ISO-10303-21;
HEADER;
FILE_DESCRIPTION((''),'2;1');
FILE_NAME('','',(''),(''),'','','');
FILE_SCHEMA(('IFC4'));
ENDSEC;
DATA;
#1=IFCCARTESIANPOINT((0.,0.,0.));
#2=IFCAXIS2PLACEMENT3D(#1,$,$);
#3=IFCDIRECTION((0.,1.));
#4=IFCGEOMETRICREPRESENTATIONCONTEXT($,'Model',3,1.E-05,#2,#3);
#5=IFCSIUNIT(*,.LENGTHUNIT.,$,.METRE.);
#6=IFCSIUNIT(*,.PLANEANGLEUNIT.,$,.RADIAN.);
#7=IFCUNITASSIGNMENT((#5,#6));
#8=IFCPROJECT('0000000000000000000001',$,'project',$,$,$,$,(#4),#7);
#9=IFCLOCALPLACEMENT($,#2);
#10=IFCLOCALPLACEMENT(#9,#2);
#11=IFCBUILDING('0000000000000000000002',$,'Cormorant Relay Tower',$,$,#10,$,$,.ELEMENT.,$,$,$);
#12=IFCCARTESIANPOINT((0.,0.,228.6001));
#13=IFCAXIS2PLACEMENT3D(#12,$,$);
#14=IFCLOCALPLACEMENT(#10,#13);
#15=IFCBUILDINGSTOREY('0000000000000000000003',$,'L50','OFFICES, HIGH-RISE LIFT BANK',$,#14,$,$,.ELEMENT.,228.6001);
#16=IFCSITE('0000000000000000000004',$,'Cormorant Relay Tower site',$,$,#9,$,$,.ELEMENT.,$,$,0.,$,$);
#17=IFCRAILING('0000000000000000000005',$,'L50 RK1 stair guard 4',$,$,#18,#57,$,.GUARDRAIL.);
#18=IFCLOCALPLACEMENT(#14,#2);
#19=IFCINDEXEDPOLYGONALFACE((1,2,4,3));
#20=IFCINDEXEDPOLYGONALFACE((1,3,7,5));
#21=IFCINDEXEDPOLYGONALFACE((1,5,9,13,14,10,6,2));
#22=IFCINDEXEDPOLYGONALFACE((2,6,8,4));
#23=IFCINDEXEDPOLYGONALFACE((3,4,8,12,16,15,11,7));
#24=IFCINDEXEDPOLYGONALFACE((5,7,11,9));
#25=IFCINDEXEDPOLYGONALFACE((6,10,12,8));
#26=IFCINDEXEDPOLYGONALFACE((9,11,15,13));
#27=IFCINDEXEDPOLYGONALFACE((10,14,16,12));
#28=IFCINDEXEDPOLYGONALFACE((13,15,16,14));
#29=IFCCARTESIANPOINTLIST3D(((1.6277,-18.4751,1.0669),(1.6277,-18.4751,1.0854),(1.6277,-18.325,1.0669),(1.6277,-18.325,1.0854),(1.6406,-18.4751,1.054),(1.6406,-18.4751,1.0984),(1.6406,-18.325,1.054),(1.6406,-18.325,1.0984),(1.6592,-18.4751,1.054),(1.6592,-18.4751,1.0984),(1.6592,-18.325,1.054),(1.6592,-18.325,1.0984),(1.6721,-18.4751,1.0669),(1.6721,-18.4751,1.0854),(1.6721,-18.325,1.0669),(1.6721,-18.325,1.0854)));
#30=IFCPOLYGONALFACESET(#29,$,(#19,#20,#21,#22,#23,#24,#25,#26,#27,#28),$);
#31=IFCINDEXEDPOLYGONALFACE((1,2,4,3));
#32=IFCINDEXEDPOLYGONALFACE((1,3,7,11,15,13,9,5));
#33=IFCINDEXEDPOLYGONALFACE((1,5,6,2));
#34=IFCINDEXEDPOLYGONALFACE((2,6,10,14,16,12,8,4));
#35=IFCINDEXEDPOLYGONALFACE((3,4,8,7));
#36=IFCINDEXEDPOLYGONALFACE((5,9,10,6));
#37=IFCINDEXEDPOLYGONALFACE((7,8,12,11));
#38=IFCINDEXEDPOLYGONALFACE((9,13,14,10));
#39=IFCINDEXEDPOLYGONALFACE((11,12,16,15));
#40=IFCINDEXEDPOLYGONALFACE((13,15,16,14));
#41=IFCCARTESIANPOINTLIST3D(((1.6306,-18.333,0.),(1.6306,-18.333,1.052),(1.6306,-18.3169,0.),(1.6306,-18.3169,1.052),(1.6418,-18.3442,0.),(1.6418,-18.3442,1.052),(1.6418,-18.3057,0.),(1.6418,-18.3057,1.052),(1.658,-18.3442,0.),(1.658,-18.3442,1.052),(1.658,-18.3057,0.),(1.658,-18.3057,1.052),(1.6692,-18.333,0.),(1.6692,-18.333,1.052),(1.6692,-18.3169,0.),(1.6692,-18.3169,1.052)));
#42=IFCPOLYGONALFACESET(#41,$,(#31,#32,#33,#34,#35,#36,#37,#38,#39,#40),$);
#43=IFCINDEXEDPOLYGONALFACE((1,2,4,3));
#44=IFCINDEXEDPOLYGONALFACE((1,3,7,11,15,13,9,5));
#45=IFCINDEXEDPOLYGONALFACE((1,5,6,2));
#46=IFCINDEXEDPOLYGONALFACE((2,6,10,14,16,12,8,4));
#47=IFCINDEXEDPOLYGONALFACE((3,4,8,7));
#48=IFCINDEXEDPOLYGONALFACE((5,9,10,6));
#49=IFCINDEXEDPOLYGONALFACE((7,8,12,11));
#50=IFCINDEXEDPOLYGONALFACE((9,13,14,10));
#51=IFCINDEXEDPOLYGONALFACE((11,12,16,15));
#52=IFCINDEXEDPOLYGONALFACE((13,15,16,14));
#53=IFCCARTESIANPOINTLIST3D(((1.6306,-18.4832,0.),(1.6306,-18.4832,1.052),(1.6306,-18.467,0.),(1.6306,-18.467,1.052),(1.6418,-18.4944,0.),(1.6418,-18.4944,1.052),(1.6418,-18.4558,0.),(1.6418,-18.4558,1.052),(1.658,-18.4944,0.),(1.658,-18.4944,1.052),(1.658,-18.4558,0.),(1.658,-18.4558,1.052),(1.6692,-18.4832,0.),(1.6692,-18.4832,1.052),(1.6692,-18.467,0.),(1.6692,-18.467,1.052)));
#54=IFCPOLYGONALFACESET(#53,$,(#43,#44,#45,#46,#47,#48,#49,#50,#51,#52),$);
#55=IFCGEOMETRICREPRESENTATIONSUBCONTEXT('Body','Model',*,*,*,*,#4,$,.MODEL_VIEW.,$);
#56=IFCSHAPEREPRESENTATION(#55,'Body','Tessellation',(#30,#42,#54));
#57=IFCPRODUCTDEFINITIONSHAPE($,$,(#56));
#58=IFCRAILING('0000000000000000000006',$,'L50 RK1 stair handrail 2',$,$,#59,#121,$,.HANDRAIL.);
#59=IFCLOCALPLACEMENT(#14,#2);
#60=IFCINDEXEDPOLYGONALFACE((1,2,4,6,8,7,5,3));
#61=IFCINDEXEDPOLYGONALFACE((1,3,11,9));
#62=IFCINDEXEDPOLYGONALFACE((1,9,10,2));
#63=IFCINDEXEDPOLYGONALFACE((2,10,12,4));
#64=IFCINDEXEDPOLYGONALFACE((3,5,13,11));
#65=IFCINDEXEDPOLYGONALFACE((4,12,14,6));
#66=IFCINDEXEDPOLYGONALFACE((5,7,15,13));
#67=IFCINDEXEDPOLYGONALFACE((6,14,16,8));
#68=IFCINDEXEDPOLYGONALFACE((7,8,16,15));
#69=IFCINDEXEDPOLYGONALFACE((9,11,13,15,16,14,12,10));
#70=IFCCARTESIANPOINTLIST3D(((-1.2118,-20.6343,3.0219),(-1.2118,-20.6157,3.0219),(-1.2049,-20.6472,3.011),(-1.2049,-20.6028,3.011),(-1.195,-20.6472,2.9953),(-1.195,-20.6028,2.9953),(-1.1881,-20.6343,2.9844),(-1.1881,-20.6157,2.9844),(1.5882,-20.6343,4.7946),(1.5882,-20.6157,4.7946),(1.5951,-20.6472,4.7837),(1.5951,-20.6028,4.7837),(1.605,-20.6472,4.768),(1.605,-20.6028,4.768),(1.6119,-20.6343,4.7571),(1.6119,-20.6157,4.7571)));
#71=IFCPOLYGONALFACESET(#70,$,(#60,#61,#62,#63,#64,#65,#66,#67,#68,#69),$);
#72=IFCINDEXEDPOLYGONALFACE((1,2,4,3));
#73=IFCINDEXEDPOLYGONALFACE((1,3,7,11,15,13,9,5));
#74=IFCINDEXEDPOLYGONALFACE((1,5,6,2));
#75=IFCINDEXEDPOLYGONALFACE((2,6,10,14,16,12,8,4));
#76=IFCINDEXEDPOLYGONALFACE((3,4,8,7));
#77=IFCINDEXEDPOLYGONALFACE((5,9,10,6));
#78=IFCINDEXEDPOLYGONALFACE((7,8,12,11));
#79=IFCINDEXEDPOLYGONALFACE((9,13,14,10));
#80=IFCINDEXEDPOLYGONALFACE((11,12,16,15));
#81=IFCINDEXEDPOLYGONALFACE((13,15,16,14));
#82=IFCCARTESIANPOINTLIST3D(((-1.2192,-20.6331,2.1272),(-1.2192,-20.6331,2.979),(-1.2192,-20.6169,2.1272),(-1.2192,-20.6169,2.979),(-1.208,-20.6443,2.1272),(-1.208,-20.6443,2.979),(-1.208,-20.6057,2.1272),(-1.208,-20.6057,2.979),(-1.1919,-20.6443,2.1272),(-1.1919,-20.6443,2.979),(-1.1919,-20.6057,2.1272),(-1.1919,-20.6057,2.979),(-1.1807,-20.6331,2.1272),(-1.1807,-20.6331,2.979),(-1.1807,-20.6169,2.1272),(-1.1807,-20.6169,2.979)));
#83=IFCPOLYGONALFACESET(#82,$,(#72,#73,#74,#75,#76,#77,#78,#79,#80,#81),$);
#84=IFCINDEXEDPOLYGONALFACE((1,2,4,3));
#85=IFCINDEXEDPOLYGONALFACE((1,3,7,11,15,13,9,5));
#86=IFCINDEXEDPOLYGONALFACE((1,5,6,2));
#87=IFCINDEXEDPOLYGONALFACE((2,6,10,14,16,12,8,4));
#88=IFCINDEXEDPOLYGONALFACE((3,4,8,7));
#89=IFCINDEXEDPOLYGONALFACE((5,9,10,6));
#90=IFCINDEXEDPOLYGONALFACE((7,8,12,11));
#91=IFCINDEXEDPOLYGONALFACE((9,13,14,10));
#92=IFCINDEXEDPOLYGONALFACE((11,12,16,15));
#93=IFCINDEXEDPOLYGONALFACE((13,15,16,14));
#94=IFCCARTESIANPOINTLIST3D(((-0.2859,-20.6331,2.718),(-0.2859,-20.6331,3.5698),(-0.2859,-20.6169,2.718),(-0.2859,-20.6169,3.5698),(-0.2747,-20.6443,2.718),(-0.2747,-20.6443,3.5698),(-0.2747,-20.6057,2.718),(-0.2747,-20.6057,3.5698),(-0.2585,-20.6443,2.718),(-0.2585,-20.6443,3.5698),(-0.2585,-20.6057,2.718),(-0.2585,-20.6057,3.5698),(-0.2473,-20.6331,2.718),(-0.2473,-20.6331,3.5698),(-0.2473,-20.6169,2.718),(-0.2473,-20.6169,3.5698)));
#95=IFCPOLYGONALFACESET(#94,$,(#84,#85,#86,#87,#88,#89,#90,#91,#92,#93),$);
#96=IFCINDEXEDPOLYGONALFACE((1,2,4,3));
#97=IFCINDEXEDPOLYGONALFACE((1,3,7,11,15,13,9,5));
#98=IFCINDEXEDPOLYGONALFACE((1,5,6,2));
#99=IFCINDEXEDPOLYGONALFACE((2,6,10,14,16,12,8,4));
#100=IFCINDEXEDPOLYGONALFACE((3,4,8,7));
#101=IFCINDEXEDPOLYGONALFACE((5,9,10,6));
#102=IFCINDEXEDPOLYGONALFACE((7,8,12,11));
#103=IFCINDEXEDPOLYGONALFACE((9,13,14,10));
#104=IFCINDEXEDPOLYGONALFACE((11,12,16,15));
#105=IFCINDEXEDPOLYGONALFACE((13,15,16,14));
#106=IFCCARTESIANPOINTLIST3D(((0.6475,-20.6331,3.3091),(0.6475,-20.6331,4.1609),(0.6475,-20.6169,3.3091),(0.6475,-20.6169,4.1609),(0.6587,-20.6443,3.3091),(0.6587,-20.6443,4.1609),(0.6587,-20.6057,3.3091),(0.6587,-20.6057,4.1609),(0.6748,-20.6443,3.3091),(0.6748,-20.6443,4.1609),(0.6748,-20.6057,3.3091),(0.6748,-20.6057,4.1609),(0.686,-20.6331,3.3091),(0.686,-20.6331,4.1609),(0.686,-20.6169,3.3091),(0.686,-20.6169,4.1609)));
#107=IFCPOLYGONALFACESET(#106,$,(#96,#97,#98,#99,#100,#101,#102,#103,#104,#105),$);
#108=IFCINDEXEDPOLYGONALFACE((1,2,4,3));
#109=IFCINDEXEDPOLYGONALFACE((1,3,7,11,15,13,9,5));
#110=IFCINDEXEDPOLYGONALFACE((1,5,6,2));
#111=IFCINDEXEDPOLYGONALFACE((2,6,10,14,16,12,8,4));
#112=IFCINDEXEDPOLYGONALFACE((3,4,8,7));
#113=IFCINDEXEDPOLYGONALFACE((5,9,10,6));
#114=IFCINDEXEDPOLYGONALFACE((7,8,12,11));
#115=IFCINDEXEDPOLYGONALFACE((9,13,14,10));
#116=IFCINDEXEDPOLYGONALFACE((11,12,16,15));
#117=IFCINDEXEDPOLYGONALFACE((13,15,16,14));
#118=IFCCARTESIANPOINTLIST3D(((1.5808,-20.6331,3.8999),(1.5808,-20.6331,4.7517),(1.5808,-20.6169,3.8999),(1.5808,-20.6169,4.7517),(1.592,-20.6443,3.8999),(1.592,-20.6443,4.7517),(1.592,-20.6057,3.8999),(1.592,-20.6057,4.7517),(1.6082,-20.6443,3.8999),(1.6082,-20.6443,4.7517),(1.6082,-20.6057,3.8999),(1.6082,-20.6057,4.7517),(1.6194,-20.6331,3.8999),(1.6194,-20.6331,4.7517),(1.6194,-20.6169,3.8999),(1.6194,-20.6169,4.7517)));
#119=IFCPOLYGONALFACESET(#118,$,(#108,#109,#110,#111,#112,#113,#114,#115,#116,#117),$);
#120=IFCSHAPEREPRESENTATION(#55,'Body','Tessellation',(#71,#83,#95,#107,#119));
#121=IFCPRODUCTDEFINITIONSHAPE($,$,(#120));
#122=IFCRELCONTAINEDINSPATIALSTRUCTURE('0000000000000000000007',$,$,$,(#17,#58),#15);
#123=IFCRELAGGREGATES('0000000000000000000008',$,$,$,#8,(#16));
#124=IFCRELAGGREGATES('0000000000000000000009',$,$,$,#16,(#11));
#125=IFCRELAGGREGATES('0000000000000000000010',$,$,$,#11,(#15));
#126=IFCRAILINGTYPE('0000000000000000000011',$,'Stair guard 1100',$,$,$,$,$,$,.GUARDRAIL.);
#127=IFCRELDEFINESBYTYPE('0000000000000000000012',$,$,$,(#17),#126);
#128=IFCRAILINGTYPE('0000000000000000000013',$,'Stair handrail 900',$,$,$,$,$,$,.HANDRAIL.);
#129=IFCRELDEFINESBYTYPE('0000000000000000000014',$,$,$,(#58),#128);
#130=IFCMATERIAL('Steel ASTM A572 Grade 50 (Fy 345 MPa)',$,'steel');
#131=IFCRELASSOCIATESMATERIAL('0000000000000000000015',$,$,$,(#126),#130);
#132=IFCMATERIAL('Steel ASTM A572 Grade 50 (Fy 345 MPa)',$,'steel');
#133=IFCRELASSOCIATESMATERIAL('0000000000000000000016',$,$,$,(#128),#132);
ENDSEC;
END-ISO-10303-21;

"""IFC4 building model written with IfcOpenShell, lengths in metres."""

from ifc_helpers import new_model, si_unit, direction, frame, origin, place, context, subcontext, project, spatial, polyline, outline, extrude, material, type_object, element, save


model = new_model("IFC4")

# Units and contexts
model_context = context("Model", 3, precision=1e-05, world=origin(), true_north=direction((0.0, 1.0)))
body_context = subcontext(model_context, "Body", "Model", "MODEL_VIEW")
ifc_project = project(units=[si_unit("LENGTHUNIT", "METRE"), si_unit("PLANEANGLEUNIT", "RADIAN")], contexts=[model_context])

# Site, building, storey
site_placement = place(None, origin())
site = spatial("IfcSite", under=ifc_project, at=site_placement, Name="Cormorant Relay Tower site", CompositionType="ELEMENT", RefElevation=0.0)
building_placement = place(site_placement, origin())
building = spatial("IfcBuilding", under=site, at=building_placement, Name="Cormorant Relay Tower", CompositionType="ELEMENT")
storey_placement = place(building_placement, frame((0.0, 0.0, 228.6001)))
storey = spatial("IfcBuildingStorey", under=building, at=storey_placement, Name="L50", Description="OFFICES, HIGH-RISE LIFT BANK", CompositionType="ELEMENT", Elevation=228.6001)

# Railings
ifc_material_1 = material(Name="Steel ASTM A572 Grade 50 (Fy 345 MPa)", Category="steel")
railing_type_1 = type_object("IfcRailingType", Name="Stair guard 1100", PredefinedType="GUARDRAIL", material=ifc_material_1)
railing_1_placement = place(storey_placement, frame((1.6499, -18.325, 0.0)))
element("IfcRailing", 1, at=railing_1_placement, inside=storey, type_object=railing_type_1, Name="L50 RK1 stair guard 4", PredefinedType="GUARDRAIL", context=body_context, shape_type="SweptSolid", body=[
    extrude(outline(polyline([(0.0222, 0.0093), (0.0093, 0.0222), (-0.0093, 0.0222), (-0.0222, 0.0093), (-0.0222, -0.0093), (-0.0093, -0.0222), (0.0093, -0.0222), (0.0222, -0.0093), (0.0222, 0.0093)])), frame((0.0, 0.0, 1.0762), z_axis=(0.0, -1.0, 0.0), x_axis=(1.0, 0.0, 0.0)), (0.0, 0.0, 1.0), 0.1501),
    extrude(outline(polyline([(0.0193, 0.0081), (0.0081, 0.0193), (-0.0081, 0.0193), (-0.0193, 0.0081), (-0.0193, -0.0081), (-0.0081, -0.0193), (0.0081, -0.0193), (0.0193, -0.0081), (0.0193, 0.0081)])), origin(), (0.0, 0.0, 1.0), 1.052),
    extrude(outline(polyline([(0.0193, 0.0081), (0.0081, 0.0193), (-0.0081, 0.0193), (-0.0193, 0.0081), (-0.0193, -0.0081), (-0.0081, -0.0193), (0.0081, -0.0193), (0.0193, -0.0081), (0.0193, 0.0081)])), frame((0.0, -0.1501, 0.0)), (0.0, 0.0, 1.0), 1.052),
])
ifc_material_2 = material(Name="Steel ASTM A572 Grade 50 (Fy 345 MPa)", Category="steel")
railing_type_2 = type_object("IfcRailingType", Name="Stair handrail 900", PredefinedType="HANDRAIL", material=ifc_material_2)
railing_2_placement = place(storey_placement, frame((-1.2, -20.625, 2.1272)))
element("IfcRailing", 2, at=railing_2_placement, inside=storey, type_object=railing_type_2, Name="L50 RK1 stair handrail 2", PredefinedType="HANDRAIL", context=body_context, shape_type="SweptSolid", body=[
    extrude(outline(polyline([(0.0222, 0.0093), (0.0093, 0.0222), (-0.0093, 0.0222), (-0.0222, 0.0093), (-0.0222, -0.0093), (-0.0093, -0.0222), (0.0093, -0.0222), (0.0222, -0.0093), (0.0222, 0.0093)])), frame((0.0, 0.0, 0.876), z_axis=(0.844909, 0.0, 0.53491), x_axis=(0.0, 1.0, 0.0)), (0.0, 0.0, 1.0), 3.314),
    extrude(outline(polyline([(0.0193, 0.0081), (0.0081, 0.0193), (-0.0081, 0.0193), (-0.0193, 0.0081), (-0.0193, -0.0081), (-0.0081, -0.0193), (0.0081, -0.0193), (0.0193, -0.0081), (0.0193, 0.0081)])), origin(), (0.0, 0.0, 1.0), 0.8518),
    extrude(outline(polyline([(0.0193, 0.0081), (0.0081, 0.0193), (-0.0081, 0.0193), (-0.0193, 0.0081), (-0.0193, -0.0081), (-0.0081, -0.0193), (0.0081, -0.0193), (0.0193, -0.0081), (0.0193, 0.0081)])), frame((0.9333, 0.0, 0.5908)), (0.0, 0.0, 1.0), 0.8518),
    extrude(outline(polyline([(0.0193, 0.0081), (0.0081, 0.0193), (-0.0081, 0.0193), (-0.0193, 0.0081), (-0.0193, -0.0081), (-0.0081, -0.0193), (0.0081, -0.0193), (0.0193, -0.0081), (0.0193, 0.0081)])), frame((1.8667, 0.0, 1.1819)), (0.0, 0.0, 1.0), 0.8518),
    extrude(outline(polyline([(0.0193, 0.0081), (0.0081, 0.0193), (-0.0081, 0.0193), (-0.0193, 0.0081), (-0.0193, -0.0081), (-0.0081, -0.0193), (0.0081, -0.0193), (0.0193, -0.0081), (0.0193, 0.0081)])), frame((2.8, 0.0, 1.7727)), (0.0, 0.0, 1.0), 0.8518),
])

save(model, "model.ifc")
